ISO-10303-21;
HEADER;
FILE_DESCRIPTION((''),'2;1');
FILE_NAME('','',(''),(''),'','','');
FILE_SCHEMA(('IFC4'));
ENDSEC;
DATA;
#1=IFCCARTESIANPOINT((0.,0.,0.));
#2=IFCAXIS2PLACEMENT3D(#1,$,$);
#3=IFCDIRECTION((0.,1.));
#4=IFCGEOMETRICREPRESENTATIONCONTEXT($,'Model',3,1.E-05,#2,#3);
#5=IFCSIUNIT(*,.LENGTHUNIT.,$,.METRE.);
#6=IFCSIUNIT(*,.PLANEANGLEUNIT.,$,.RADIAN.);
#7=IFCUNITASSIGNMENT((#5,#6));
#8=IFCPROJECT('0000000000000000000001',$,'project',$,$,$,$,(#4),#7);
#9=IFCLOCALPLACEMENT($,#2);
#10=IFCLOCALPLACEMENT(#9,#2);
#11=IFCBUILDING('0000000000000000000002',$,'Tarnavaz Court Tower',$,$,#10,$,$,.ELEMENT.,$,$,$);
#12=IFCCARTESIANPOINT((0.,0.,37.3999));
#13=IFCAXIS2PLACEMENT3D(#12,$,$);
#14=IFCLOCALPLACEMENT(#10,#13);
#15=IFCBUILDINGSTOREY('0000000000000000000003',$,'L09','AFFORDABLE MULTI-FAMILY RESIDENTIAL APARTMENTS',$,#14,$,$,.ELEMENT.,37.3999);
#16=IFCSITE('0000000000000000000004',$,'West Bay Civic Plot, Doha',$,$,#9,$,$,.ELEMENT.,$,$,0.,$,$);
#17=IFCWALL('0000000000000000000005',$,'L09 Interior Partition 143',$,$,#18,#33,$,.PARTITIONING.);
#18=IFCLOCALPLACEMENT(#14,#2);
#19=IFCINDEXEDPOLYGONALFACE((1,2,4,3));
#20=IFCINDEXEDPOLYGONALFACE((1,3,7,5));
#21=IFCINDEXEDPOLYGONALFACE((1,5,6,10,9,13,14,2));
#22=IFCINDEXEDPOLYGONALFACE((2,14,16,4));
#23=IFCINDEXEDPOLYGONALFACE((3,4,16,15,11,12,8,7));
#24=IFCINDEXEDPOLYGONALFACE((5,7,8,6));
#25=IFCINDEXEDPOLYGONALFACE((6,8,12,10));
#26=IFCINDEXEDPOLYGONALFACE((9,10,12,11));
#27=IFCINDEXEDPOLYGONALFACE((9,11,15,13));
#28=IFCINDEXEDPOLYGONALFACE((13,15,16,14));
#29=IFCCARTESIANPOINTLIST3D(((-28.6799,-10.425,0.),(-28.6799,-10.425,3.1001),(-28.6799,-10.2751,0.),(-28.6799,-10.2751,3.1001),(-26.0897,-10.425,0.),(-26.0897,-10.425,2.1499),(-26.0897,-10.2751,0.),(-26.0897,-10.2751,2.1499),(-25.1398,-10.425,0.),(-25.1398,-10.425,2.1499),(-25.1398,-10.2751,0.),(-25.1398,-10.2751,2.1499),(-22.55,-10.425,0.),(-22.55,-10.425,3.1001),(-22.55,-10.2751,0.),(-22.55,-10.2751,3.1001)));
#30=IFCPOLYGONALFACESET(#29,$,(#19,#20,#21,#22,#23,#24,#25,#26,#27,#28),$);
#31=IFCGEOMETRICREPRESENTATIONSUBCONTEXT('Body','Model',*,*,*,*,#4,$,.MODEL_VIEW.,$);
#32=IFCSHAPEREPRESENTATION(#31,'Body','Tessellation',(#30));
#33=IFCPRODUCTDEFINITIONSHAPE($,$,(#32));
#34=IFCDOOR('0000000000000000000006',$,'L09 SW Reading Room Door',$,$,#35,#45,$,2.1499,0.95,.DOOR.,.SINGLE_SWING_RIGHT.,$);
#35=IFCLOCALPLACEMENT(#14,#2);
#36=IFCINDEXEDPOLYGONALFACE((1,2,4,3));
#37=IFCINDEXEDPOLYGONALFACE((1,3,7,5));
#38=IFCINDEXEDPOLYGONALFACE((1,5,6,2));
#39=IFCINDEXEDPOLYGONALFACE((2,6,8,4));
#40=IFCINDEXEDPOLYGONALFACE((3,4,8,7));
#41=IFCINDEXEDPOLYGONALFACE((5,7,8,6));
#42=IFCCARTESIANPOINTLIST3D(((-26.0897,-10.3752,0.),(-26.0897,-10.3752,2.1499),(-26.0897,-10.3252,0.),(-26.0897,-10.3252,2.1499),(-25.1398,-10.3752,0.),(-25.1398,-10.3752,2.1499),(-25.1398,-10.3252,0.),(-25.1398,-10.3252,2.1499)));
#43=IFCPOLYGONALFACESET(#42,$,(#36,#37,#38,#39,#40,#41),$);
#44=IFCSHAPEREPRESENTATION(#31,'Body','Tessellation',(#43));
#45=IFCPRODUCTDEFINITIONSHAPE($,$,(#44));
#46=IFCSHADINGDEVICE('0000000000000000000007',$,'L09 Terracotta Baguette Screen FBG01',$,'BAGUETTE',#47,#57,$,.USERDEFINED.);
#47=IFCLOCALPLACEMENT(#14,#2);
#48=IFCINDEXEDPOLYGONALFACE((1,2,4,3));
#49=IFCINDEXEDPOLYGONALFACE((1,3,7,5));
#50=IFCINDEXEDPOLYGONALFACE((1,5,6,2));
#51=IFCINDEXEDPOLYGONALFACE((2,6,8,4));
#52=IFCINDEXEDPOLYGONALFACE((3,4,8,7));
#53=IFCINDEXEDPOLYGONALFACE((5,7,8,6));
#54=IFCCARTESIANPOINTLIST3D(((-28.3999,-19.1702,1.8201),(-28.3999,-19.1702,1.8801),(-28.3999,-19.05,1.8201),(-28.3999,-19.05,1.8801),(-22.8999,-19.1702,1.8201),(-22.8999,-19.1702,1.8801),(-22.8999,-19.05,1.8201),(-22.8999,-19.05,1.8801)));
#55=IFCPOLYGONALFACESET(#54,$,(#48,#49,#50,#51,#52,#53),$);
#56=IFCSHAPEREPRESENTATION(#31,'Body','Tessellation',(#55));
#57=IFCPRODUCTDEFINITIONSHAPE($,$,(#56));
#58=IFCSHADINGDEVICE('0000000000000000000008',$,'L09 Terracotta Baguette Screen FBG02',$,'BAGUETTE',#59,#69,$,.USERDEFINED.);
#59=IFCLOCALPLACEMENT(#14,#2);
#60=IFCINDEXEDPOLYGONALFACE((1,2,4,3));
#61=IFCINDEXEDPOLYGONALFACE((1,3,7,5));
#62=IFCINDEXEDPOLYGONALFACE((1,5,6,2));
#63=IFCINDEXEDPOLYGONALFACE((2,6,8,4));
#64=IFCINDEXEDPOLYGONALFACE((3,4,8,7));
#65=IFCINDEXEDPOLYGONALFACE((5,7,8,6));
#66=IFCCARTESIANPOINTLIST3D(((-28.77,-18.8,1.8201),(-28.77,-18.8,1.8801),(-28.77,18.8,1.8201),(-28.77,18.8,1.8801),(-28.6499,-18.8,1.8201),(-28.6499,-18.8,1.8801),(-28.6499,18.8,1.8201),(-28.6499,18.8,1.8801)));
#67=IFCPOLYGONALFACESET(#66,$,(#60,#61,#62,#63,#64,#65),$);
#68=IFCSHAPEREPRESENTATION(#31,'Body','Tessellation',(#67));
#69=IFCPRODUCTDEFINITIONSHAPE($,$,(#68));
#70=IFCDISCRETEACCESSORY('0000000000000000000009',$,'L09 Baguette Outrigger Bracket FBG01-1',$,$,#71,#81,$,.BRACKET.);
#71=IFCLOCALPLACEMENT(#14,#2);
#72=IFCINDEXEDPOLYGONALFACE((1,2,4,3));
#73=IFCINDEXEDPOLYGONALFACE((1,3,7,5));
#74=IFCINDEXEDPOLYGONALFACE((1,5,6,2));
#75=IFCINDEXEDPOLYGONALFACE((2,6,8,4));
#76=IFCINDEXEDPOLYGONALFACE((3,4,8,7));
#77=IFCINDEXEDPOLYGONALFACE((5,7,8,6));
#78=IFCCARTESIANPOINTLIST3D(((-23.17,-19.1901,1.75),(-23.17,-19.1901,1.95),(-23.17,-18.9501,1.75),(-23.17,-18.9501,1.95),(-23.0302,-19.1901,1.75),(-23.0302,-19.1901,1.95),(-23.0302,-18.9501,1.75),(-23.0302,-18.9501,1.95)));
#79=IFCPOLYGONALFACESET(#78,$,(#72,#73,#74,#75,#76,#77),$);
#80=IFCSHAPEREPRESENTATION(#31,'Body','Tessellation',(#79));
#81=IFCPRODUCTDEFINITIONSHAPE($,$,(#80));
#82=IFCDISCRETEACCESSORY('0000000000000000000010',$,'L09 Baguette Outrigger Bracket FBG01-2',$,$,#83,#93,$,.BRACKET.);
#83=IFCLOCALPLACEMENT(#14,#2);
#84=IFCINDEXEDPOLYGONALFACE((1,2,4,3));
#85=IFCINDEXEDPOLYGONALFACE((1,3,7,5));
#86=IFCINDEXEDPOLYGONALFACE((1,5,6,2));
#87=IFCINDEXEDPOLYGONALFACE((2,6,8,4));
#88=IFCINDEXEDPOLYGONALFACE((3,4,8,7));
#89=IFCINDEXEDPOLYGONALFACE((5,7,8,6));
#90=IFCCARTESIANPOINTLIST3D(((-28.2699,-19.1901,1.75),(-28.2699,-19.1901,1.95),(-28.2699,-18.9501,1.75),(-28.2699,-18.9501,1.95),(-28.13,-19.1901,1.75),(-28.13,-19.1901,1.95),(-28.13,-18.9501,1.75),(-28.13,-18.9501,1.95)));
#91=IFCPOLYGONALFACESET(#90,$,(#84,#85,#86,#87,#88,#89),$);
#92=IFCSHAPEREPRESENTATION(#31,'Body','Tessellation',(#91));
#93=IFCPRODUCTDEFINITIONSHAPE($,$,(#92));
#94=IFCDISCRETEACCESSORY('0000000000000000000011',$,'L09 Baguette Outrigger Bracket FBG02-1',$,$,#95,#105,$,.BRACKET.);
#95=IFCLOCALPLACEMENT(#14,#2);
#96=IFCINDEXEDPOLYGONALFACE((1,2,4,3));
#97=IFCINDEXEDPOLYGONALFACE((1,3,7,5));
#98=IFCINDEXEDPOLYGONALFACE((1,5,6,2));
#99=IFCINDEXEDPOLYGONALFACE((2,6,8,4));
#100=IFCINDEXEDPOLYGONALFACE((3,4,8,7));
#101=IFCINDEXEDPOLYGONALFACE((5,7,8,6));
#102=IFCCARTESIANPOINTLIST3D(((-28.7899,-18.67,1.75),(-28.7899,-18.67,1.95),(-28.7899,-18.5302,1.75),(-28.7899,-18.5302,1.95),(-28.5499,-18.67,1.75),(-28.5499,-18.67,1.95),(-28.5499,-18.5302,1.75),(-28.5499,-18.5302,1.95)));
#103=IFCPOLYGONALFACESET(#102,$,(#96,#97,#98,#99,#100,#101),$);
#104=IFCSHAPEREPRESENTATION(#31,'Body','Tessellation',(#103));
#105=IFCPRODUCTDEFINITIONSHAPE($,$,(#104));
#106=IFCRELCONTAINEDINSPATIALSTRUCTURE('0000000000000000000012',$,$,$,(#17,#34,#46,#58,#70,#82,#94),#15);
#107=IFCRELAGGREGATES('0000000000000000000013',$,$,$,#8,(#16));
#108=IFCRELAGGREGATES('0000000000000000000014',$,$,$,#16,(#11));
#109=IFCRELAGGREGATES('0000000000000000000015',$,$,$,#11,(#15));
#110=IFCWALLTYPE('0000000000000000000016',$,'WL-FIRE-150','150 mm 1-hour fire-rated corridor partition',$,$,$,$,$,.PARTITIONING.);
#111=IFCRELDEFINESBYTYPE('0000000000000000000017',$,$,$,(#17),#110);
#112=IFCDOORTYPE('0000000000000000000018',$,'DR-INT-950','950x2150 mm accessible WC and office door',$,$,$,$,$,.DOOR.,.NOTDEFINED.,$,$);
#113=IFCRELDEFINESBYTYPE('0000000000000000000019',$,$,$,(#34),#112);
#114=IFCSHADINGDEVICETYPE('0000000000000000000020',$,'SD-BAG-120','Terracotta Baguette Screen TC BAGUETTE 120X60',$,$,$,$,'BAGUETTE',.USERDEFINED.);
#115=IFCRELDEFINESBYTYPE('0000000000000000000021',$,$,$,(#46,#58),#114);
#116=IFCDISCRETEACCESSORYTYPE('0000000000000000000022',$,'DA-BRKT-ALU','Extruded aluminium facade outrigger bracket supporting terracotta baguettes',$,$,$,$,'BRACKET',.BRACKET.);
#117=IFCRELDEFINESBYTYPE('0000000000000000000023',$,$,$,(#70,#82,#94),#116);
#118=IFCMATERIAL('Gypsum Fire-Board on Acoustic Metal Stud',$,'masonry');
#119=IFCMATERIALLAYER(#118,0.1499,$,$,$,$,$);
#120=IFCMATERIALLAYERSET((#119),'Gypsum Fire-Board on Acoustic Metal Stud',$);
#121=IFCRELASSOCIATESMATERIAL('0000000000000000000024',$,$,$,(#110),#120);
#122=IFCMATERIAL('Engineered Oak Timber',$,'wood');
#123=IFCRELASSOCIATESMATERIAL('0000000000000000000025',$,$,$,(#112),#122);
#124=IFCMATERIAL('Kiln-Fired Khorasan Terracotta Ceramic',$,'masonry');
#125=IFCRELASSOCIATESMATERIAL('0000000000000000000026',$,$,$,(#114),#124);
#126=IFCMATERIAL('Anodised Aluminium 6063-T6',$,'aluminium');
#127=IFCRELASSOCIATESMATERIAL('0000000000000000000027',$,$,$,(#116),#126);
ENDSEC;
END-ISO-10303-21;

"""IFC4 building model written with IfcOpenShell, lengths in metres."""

from ifc_helpers import new_model, si_unit, direction, frame, frame_2d, origin, origin_2d, place, context, subcontext, project, spatial, rectangle, extrude, material, layer, layer_set, material_profile, profile_set, type_object, element, fill, save


model = new_model("IFC4")

# Units and contexts
model_context = context("Model", 3, precision=1e-05, world=origin(), true_north=direction((0.0, 1.0)))
body_context = subcontext(model_context, "Body", "Model", "MODEL_VIEW")
ifc_project = project(units=[si_unit("LENGTHUNIT", "METRE"), si_unit("PLANEANGLEUNIT", "RADIAN")], contexts=[model_context])

# Site, building, storey
site_placement = place(None, origin())
site = spatial("IfcSite", under=ifc_project, at=site_placement, Name="West Bay Civic Plot, Doha", CompositionType="ELEMENT", RefElevation=0.0)
building_placement = place(site_placement, origin())
building = spatial("IfcBuilding", under=site, at=building_placement, Name="Tarnavaz Court Tower", CompositionType="ELEMENT")
storey_placement = place(building_placement, frame((0.0, 0.0, 37.3999)))
storey = spatial("IfcBuildingStorey", under=building, at=storey_placement, Name="L09", Description="AFFORDABLE MULTI-FAMILY RESIDENTIAL APARTMENTS", CompositionType="ELEMENT", Elevation=37.3999)

# Wall, opening, door
ifc_material_1 = material(Name="Gypsum Fire-Board on Acoustic Metal Stud", Category="masonry")
ifc_layer_1 = layer(ifc_material_1, 0.1499)
ifc_layer_set_1 = layer_set([ifc_layer_1], Name="Gypsum Fire-Board on Acoustic Metal Stud")
wall_type_1 = type_object("IfcWallType", Name="WL-FIRE-150", Description="150 mm 1-hour fire-rated corridor partition", PredefinedType="PARTITIONING", material=ifc_layer_set_1)
wall_1_placement = place(storey_placement, frame((-28.6799, -10.3501, 0.0), z_axis=(0.0, 0.0, 1.0), x_axis=(1.0, 0.0, 0.0)))
wall_1 = element("IfcWall", 1, at=wall_1_placement, inside=storey, type_object=wall_type_1, Name="L09 Interior Partition 143", PredefinedType="PARTITIONING", context=body_context, shape_type="SweptSolid", body=[
    extrude(rectangle(XDim=6.1299, YDim=0.1499, at=frame_2d((3.0649, 0.0))), origin(), (0.0, 0.0, 1.0), 3.1001),
])
opening_1_placement = place(wall_1_placement, frame((2.5901, 0.0, 0.0)))
opening_1 = element("IfcOpeningElement", 2, at=opening_1_placement, cuts=wall_1, PredefinedType="OPENING", context=body_context, shape_type="SweptSolid", body=[
    extrude(rectangle(XDim=0.95, YDim=2.1499, at=frame_2d((0.4751, 1.075))), frame((0.0, 0.085, 0.0), z_axis=(0.0, -1.0, 0.0), x_axis=(1.0, 0.0, 0.0)), (0.0, 0.0, 1.0), 0.1699),
])
ifc_material_2 = material(Name="Engineered Oak Timber", Category="wood")
door_type = type_object("IfcDoorType", Name="DR-INT-950", Description="950x2150 mm accessible WC and office door", OperationType="NOTDEFINED", PredefinedType="DOOR", material=ifc_material_2)
door_placement = place(opening_1_placement, origin())
door = element("IfcDoor", 3, at=door_placement, inside=storey, type_object=door_type, Name="L09 SW Reading Room Door", OperationType="SINGLE_SWING_RIGHT", OverallHeight=2.1499, OverallWidth=0.95, PredefinedType="DOOR", context=body_context, shape_type="SweptSolid", body=[
    extrude(rectangle(XDim=0.95, YDim=2.1499, at=frame_2d((0.4751, 1.075))), frame((0.0, 0.0249, 0.0), z_axis=(0.0, -1.0, 0.0), x_axis=(1.0, 0.0, 0.0)), (0.0, 0.0, 1.0), 0.05),
])
fill(opening_1, door)

# Shading devices
ifc_material_3 = material(Name="Kiln-Fired Khorasan Terracotta Ceramic", Category="masonry")
ifc_material_profile_1 = material_profile(ifc_material_3, rectangle(XDim=0.1201, YDim=0.0601, at=origin_2d()), Name="TC BAGUETTE 120X60")
ifc_profile_set_1 = profile_set([ifc_material_profile_1], Name="Kiln-Fired Khorasan Terracotta Ceramic")
shading_device_type = type_object("IfcShadingDeviceType", Name="SD-BAG-120", Description="Terracotta Baguette Screen TC BAGUETTE 120X60", ElementType="BAGUETTE", PredefinedType="USERDEFINED", material=ifc_profile_set_1)
shading_device_1_placement = place(storey_placement, frame((-22.8999, -19.1101, 1.8501), z_axis=(-1.0, 0.0, 0.0), x_axis=(0.0, -1.0, 0.0)))
element("IfcShadingDevice", 4, at=shading_device_1_placement, inside=storey, type_object=shading_device_type, Name="L09 Terracotta Baguette Screen FBG01", ObjectType="BAGUETTE", PredefinedType="USERDEFINED", context=body_context, shape_type="SweptSolid", body=[
    extrude(rectangle(XDim=0.1201, YDim=0.0601, at=origin_2d()), origin(), (0.0, 0.0, 1.0), 5.5),
])
shading_device_2_placement = place(storey_placement, frame((-28.71, -18.8, 1.8501), z_axis=(0.0, 1.0, 0.0), x_axis=(-1.0, 0.0, 0.0)))
element("IfcShadingDevice", 5, at=shading_device_2_placement, inside=storey, type_object=shading_device_type, Name="L09 Terracotta Baguette Screen FBG02", ObjectType="BAGUETTE", PredefinedType="USERDEFINED", context=body_context, shape_type="SweptSolid", body=[
    extrude(rectangle(XDim=0.1201, YDim=0.0601, at=origin_2d()), origin(), (0.0, 0.0, 1.0), 37.6001),
])

# Discrete accessories
ifc_material_4 = material(Name="Anodised Aluminium 6063-T6", Category="aluminium")
discrete_accessory_type = type_object("IfcDiscreteAccessoryType", Name="DA-BRKT-ALU", Description="Extruded aluminium facade outrigger bracket supporting terracotta baguettes", ElementType="BRACKET", PredefinedType="BRACKET", material=ifc_material_4)
for number, where, z_axis, x_axis, name in (
    (6, (-23.1001, -19.0701, 1.75), (0.0, 0.0, 1.0), (-1.0, 0.0, 0.0), "L09 Baguette Outrigger Bracket FBG01-1"),
    (7, (-28.2, -19.0701, 1.75), (0.0, 0.0, 1.0), (-1.0, 0.0, 0.0), "L09 Baguette Outrigger Bracket FBG01-2"),
    (8, (-28.6699, -18.6001, 1.75), (0.0, 0.0, 1.0), (0.0, 1.0, 0.0), "L09 Baguette Outrigger Bracket FBG02-1"),
):
    element("IfcDiscreteAccessory", number, at=place(storey_placement, frame(where, z_axis=z_axis, x_axis=x_axis)), inside=storey, type_object=discrete_accessory_type, Name=name, PredefinedType="BRACKET", context=body_context, shape_type="SweptSolid", body=[
        extrude(rectangle(XDim=0.1399, YDim=0.24, at=origin_2d()), origin(), (0.0, 0.0, 1.0), 0.2),
    ])

save(model, "model.ifc")
